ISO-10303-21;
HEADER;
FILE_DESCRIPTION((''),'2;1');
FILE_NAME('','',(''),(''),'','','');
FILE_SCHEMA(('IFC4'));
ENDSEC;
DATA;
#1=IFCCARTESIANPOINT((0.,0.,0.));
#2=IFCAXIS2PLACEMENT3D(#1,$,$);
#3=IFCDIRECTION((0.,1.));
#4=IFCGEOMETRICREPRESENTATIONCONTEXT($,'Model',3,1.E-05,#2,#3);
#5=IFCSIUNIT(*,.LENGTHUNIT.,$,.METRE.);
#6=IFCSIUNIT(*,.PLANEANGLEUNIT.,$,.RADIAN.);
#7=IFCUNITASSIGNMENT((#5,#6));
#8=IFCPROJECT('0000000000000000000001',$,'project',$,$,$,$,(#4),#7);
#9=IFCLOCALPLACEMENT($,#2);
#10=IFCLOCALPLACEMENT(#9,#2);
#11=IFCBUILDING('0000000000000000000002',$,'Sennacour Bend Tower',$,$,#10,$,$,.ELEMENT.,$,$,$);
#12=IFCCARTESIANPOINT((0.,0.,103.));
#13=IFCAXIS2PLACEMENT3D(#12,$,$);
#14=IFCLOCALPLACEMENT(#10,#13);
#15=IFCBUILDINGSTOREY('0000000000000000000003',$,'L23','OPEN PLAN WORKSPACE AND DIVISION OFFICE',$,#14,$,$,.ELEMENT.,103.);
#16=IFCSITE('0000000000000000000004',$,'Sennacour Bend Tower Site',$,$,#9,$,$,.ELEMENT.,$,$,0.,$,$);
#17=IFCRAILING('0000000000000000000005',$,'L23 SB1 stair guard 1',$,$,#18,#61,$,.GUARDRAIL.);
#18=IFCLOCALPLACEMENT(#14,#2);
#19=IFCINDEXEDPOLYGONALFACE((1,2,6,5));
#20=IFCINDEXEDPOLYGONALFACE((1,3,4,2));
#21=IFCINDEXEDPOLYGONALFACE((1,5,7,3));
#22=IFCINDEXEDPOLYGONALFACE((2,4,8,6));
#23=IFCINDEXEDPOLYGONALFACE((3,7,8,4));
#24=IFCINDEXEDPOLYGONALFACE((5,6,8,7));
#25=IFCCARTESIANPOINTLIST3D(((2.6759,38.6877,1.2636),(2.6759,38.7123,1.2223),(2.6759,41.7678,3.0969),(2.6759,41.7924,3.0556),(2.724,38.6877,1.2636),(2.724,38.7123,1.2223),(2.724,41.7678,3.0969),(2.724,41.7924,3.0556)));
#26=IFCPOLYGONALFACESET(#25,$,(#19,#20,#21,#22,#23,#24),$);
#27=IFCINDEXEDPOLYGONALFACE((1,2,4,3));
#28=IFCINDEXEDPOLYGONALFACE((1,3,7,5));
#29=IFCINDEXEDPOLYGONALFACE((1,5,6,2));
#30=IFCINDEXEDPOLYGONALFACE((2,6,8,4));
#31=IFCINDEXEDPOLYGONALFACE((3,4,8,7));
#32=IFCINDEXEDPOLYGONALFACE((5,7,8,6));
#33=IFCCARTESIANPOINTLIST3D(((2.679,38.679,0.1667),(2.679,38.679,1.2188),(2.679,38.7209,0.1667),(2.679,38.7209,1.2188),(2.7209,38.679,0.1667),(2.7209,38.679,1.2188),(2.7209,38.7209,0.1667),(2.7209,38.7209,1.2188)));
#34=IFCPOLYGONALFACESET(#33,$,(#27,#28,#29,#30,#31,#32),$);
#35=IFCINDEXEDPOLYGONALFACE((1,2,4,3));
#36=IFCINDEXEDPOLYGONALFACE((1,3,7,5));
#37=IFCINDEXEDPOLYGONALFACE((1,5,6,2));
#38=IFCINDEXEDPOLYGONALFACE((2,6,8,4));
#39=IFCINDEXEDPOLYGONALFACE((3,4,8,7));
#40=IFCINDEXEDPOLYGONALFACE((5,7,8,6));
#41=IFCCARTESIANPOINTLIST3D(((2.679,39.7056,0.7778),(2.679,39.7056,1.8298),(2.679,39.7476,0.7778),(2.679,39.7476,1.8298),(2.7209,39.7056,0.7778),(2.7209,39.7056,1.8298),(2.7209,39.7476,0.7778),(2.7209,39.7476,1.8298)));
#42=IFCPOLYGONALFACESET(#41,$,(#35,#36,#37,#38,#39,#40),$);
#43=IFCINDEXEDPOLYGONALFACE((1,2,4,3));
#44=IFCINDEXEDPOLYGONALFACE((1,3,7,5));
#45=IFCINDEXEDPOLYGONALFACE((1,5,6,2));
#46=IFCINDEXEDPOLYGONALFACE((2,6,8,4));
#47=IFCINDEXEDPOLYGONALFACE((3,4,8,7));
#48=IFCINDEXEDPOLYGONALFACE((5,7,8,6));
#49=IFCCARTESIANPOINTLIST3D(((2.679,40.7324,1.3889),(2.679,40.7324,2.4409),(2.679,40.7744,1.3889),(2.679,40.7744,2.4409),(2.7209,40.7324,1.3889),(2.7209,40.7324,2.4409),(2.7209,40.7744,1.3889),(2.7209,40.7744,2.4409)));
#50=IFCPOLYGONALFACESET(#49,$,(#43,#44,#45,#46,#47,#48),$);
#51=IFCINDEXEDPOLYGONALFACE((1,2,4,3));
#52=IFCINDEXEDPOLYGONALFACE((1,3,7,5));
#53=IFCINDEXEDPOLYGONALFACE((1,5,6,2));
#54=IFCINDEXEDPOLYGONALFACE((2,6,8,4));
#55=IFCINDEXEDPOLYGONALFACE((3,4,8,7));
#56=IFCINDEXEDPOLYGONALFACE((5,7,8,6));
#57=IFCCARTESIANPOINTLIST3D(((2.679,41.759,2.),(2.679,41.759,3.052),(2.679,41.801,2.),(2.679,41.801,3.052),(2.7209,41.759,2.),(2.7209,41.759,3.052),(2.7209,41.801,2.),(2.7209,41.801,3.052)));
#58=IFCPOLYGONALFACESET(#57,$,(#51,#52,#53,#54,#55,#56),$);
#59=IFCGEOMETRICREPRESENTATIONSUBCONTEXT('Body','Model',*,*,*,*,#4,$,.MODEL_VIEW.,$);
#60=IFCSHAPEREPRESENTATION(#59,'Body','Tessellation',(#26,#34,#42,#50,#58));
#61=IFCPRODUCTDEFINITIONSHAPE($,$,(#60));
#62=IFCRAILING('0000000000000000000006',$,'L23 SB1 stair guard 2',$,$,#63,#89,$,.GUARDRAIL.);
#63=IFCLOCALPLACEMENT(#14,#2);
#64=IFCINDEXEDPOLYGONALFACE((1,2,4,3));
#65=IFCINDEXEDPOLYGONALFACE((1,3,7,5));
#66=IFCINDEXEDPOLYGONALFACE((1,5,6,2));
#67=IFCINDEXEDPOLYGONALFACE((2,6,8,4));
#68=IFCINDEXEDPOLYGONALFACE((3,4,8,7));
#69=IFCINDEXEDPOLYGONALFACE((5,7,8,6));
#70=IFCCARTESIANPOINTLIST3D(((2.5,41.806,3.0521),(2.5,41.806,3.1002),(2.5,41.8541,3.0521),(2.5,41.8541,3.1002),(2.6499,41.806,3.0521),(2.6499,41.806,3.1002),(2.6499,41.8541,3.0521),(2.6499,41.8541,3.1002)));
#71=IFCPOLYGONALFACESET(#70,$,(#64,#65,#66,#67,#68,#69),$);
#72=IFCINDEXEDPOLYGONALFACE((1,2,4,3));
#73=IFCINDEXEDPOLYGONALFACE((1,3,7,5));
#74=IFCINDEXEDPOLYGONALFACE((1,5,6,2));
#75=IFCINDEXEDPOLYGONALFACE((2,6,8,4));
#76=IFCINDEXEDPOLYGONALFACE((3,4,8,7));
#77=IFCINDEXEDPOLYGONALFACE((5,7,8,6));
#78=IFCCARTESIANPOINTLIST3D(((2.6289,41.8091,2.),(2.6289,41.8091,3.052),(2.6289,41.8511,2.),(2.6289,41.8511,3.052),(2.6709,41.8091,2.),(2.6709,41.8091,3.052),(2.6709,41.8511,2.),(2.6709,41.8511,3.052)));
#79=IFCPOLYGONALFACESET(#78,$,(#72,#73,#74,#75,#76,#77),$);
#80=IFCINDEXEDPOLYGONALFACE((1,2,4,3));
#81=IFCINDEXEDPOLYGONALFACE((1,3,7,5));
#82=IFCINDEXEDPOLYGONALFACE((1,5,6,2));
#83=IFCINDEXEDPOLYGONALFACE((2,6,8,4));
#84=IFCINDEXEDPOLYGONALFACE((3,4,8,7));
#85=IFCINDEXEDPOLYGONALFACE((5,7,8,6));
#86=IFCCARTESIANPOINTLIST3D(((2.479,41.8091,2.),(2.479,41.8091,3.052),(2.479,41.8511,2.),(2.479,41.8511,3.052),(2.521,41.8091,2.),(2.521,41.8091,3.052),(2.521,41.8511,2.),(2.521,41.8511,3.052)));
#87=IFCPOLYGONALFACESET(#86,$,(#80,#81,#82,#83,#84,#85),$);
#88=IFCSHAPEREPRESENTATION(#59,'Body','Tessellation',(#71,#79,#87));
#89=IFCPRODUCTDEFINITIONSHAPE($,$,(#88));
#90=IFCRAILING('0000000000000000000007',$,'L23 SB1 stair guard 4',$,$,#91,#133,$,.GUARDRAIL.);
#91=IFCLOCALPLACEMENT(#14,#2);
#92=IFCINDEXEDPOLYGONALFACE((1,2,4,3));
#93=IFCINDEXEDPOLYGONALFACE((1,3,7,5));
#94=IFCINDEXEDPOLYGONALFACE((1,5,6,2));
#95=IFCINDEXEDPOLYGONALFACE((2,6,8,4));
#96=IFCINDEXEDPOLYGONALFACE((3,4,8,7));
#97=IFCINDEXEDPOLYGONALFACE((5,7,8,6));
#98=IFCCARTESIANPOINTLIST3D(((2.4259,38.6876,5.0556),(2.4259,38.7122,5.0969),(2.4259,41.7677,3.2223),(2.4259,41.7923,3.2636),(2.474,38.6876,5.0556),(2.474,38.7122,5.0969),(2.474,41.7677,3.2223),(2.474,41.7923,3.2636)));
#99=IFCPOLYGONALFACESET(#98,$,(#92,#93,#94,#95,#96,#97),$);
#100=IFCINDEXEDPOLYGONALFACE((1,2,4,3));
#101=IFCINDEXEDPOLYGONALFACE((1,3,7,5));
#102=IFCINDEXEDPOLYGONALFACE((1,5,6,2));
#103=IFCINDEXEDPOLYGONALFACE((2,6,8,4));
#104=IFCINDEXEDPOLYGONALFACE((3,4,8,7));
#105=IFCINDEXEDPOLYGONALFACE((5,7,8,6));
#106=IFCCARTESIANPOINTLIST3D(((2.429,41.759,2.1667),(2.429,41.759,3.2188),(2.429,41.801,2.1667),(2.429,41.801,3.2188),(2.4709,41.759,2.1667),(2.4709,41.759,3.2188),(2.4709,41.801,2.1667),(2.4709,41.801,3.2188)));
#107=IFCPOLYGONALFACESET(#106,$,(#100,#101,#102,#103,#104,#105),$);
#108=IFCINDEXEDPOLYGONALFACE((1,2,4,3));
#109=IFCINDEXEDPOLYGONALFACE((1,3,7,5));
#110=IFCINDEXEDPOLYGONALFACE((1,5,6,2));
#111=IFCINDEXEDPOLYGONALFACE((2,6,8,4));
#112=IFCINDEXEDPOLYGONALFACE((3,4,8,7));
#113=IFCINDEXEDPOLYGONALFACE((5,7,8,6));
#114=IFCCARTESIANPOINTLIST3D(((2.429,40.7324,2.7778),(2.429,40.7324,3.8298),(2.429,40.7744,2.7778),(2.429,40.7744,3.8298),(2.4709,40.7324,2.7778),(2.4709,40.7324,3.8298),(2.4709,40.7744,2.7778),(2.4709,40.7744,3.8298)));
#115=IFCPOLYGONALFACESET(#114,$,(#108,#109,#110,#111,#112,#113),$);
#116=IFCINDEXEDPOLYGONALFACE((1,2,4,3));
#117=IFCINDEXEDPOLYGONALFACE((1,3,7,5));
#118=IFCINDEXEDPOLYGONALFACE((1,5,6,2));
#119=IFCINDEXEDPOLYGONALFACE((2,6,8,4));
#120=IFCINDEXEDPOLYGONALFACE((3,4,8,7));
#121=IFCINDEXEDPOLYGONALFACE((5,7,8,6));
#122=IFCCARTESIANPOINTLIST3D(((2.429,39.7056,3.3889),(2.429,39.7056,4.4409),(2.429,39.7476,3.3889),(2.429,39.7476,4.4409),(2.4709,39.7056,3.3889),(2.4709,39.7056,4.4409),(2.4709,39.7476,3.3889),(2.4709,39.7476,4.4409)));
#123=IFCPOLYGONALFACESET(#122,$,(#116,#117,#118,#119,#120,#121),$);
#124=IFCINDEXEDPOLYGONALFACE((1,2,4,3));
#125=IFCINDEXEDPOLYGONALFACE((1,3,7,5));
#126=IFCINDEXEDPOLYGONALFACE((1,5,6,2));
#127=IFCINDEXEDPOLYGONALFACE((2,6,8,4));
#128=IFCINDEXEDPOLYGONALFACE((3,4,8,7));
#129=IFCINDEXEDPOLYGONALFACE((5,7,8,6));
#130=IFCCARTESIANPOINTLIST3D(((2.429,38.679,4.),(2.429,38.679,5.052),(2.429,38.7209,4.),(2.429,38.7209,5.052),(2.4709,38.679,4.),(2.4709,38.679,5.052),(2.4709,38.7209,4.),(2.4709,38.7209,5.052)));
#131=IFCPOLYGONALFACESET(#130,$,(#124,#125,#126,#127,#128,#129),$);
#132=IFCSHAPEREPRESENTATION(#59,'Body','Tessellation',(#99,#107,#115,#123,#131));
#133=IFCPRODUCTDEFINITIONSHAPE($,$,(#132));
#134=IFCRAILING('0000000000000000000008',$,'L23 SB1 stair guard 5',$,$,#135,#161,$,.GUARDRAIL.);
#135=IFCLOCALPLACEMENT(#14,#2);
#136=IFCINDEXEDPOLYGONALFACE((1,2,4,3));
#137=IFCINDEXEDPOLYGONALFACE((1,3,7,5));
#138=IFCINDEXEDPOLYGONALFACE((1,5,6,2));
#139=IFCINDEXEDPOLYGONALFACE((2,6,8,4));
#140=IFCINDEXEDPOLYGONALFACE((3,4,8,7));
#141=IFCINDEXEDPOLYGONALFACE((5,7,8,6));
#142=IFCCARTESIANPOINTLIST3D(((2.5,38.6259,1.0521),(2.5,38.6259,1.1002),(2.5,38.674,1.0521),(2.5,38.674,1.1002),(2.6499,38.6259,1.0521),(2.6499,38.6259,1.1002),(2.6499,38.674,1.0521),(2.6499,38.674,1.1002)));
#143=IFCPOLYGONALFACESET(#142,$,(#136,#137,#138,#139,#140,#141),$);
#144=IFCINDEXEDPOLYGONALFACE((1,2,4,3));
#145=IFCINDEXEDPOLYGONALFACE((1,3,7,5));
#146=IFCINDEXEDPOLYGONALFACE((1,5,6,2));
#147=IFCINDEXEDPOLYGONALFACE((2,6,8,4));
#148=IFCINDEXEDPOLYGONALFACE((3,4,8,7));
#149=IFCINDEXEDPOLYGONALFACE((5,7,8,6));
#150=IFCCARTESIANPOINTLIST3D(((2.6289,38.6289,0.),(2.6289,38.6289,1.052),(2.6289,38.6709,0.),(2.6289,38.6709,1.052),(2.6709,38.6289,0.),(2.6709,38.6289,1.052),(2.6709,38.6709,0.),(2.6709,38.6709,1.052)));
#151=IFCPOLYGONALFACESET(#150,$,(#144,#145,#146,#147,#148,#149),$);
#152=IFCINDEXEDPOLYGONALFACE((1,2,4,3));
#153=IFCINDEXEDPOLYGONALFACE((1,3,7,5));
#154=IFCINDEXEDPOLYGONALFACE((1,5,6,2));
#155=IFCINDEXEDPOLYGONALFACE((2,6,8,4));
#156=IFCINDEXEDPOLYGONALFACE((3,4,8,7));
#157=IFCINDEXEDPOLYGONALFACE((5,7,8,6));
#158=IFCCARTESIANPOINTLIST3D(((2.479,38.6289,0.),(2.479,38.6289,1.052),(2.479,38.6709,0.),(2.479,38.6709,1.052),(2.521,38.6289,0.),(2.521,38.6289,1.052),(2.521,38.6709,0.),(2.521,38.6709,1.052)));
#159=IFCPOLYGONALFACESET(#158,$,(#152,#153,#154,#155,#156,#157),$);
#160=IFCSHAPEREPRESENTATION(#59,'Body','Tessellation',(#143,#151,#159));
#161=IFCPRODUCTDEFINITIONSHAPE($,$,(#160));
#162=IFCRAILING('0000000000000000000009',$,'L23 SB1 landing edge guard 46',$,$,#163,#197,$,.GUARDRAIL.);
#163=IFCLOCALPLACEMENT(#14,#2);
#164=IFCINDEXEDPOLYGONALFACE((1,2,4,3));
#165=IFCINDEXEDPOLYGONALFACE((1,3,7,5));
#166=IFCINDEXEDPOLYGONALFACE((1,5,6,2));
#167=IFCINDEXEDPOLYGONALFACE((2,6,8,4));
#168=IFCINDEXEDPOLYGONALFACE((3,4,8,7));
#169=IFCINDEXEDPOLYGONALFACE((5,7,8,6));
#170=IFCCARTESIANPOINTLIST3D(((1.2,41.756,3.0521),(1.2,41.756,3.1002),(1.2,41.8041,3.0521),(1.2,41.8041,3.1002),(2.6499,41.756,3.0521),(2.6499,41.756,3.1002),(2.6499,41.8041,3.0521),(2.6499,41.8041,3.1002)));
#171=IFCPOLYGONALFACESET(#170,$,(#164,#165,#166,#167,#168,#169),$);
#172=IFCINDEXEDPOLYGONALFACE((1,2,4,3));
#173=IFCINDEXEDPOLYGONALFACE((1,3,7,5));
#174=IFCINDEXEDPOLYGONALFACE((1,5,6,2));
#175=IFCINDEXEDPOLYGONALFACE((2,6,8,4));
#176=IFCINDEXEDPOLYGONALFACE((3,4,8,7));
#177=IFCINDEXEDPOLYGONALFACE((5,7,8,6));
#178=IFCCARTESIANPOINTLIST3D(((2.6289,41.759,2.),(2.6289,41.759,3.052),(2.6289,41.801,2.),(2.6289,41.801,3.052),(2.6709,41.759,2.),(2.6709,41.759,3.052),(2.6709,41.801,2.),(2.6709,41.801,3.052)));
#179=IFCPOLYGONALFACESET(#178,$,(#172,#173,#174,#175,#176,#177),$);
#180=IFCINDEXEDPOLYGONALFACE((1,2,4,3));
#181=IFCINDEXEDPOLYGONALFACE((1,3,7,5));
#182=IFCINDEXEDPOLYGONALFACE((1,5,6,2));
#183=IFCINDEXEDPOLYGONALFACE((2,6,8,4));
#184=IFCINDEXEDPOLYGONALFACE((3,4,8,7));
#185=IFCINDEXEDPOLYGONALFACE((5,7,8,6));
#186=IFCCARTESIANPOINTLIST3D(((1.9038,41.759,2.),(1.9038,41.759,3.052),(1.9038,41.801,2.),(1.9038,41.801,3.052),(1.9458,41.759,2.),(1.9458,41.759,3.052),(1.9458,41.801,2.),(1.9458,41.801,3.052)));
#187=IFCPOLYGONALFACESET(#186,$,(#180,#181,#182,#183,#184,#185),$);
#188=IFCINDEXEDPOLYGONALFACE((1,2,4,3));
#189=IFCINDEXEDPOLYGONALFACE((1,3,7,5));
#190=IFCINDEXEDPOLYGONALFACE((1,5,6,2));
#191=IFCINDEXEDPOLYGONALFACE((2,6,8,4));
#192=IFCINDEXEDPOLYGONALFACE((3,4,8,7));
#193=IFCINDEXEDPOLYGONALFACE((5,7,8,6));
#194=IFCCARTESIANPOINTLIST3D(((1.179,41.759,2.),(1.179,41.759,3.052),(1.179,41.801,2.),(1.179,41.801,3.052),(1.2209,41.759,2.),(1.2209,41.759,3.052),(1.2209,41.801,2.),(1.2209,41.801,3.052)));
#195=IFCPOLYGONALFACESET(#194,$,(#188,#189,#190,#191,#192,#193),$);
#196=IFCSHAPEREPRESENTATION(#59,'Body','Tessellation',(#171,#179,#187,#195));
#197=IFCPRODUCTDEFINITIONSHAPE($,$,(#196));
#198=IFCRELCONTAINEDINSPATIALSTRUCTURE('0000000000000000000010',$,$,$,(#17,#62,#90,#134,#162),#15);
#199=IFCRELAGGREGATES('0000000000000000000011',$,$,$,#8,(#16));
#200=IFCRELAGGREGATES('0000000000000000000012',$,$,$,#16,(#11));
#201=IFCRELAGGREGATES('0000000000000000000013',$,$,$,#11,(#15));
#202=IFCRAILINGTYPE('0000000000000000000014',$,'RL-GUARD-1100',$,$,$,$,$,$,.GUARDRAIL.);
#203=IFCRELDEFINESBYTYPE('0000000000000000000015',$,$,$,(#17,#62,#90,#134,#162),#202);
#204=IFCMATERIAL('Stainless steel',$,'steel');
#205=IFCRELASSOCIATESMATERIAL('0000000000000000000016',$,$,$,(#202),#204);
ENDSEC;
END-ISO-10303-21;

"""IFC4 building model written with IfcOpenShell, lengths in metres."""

from ifc_helpers import new_model, si_unit, direction, frame, origin, origin_2d, place, context, subcontext, project, spatial, rectangle, extrude, material, type_object, element, save


model = new_model("IFC4")

# Units and contexts
model_context = context("Model", 3, precision=1e-05, world=origin(), true_north=direction((0.0, 1.0)))
body_context = subcontext(model_context, "Body", "Model", "MODEL_VIEW")
ifc_project = project(units=[si_unit("LENGTHUNIT", "METRE"), si_unit("PLANEANGLEUNIT", "RADIAN")], contexts=[model_context])

# Site, building, storey
site_placement = place(None, origin())
site = spatial("IfcSite", under=ifc_project, at=site_placement, Name="Sennacour Bend Tower Site", CompositionType="ELEMENT", RefElevation=0.0)
building_placement = place(site_placement, origin())
building = spatial("IfcBuilding", under=site, at=building_placement, Name="Sennacour Bend Tower", CompositionType="ELEMENT")
storey_placement = place(building_placement, frame((0.0, 0.0, 103.0)))
storey = spatial("IfcBuildingStorey", under=building, at=storey_placement, Name="L23", Description="OPEN PLAN WORKSPACE AND DIVISION OFFICE", CompositionType="ELEMENT", Elevation=103.0)

# Railings
ifc_material_1 = material(Name="Stainless steel", Category="steel")
railing_type_1 = type_object("IfcRailingType", Name="RL-GUARD-1100", PredefinedType="GUARDRAIL", material=ifc_material_1)
railing_1_placement = place(storey_placement, frame((2.7, 38.7, 0.1667)))
element("IfcRailing", 1, at=railing_1_placement, inside=storey, type_object=railing_type_1, Name="L23 SB1 stair guard 1", PredefinedType="GUARDRAIL", context=body_context, shape_type="SweptSolid", body=[
    extrude(rectangle(XDim=0.0481, YDim=0.0481, at=origin_2d()), frame((0.0, 0.0, 1.0762), z_axis=(0.0, 0.859309, 0.511458), x_axis=(-1.0, 0.0, 0.0)), (0.0, 0.0, 1.0), 3.5845),
    extrude(rectangle(XDim=0.042, YDim=0.042, at=origin_2d()), origin(), (0.0, 0.0, 1.0), 1.052),
    extrude(rectangle(XDim=0.042, YDim=0.042, at=origin_2d()), frame((0.0, 1.0266, 0.6111)), (0.0, 0.0, 1.0), 1.052),
    extrude(rectangle(XDim=0.042, YDim=0.042, at=origin_2d()), frame((0.0, 2.0535, 1.2222)), (0.0, 0.0, 1.0), 1.052),
    extrude(rectangle(XDim=0.042, YDim=0.042, at=origin_2d()), frame((0.0, 3.0801, 1.8333)), (0.0, 0.0, 1.0), 1.052),
])
railing_2_placement = place(storey_placement, frame((2.6499, 41.8301, 2.0)))
element("IfcRailing", 2, at=railing_2_placement, inside=storey, type_object=railing_type_1, Name="L23 SB1 stair guard 2", PredefinedType="GUARDRAIL", context=body_context, shape_type="SweptSolid", body=[
    extrude(rectangle(XDim=0.0481, YDim=0.0481, at=origin_2d()), frame((0.0, 0.0, 1.0762), z_axis=(-1.0, 0.0, 0.0), x_axis=(0.0, -1.0, 0.0)), (0.0, 0.0, 1.0), 0.1499),
    extrude(rectangle(XDim=0.042, YDim=0.042, at=origin_2d()), origin(), (0.0, 0.0, 1.0), 1.052),
    extrude(rectangle(XDim=0.042, YDim=0.042, at=origin_2d()), frame((-0.1499, 0.0, 0.0)), (0.0, 0.0, 1.0), 1.052),
])
railing_3_placement = place(storey_placement, frame((2.45, 41.78, 2.1667)))
element("IfcRailing", 3, at=railing_3_placement, inside=storey, type_object=railing_type_1, Name="L23 SB1 stair guard 4", PredefinedType="GUARDRAIL", context=body_context, shape_type="SweptSolid", body=[
    extrude(rectangle(XDim=0.0481, YDim=0.0481, at=origin_2d()), frame((0.0, 0.0, 1.0762), z_axis=(0.0, -0.859309, 0.511458), x_axis=(1.0, 0.0, 0.0)), (0.0, 0.0, 1.0), 3.5845),
    extrude(rectangle(XDim=0.042, YDim=0.042, at=origin_2d()), origin(), (0.0, 0.0, 1.0), 1.052),
    extrude(rectangle(XDim=0.042, YDim=0.042, at=origin_2d()), frame((0.0, -1.0266, 0.6111)), (0.0, 0.0, 1.0), 1.052),
    extrude(rectangle(XDim=0.042, YDim=0.042, at=origin_2d()), frame((0.0, -2.0535, 1.2222)), (0.0, 0.0, 1.0), 1.052),
    extrude(rectangle(XDim=0.042, YDim=0.042, at=origin_2d()), frame((0.0, -3.0801, 1.8333)), (0.0, 0.0, 1.0), 1.052),
])
railing_4_placement = place(storey_placement, frame((2.6499, 38.6499, 0.0)))
element("IfcRailing", 4, at=railing_4_placement, inside=storey, type_object=railing_type_1, Name="L23 SB1 stair guard 5", PredefinedType="GUARDRAIL", context=body_context, shape_type="SweptSolid", body=[
    extrude(rectangle(XDim=0.0481, YDim=0.0481, at=origin_2d()), frame((0.0, 0.0, 1.0762), z_axis=(-1.0, 0.0, 0.0), x_axis=(0.0, -1.0, 0.0)), (0.0, 0.0, 1.0), 0.1499),
    extrude(rectangle(XDim=0.042, YDim=0.042, at=origin_2d()), origin(), (0.0, 0.0, 1.0), 1.052),
    extrude(rectangle(XDim=0.042, YDim=0.042, at=origin_2d()), frame((-0.1499, 0.0, 0.0)), (0.0, 0.0, 1.0), 1.052),
])
railing_5_placement = place(storey_placement, frame((2.6499, 41.78, 2.0)))
element("IfcRailing", 5, at=railing_5_placement, inside=storey, type_object=railing_type_1, Name="L23 SB1 landing edge guard 46", PredefinedType="GUARDRAIL", context=body_context, shape_type="SweptSolid", body=[
    extrude(rectangle(XDim=0.0481, YDim=0.0481, at=origin_2d()), frame((0.0, 0.0, 1.0762), z_axis=(-1.0, 0.0, 0.0), x_axis=(0.0, -1.0, 0.0)), (0.0, 0.0, 1.0), 1.45),
    extrude(rectangle(XDim=0.042, YDim=0.042, at=origin_2d()), origin(), (0.0, 0.0, 1.0), 1.052),
    extrude(rectangle(XDim=0.042, YDim=0.042, at=origin_2d()), frame((-0.7251, 0.0, 0.0)), (0.0, 0.0, 1.0), 1.052),
    extrude(rectangle(XDim=0.042, YDim=0.042, at=origin_2d()), frame((-1.45, 0.0, 0.0)), (0.0, 0.0, 1.0), 1.052),
])

save(model, "model.ifc")
